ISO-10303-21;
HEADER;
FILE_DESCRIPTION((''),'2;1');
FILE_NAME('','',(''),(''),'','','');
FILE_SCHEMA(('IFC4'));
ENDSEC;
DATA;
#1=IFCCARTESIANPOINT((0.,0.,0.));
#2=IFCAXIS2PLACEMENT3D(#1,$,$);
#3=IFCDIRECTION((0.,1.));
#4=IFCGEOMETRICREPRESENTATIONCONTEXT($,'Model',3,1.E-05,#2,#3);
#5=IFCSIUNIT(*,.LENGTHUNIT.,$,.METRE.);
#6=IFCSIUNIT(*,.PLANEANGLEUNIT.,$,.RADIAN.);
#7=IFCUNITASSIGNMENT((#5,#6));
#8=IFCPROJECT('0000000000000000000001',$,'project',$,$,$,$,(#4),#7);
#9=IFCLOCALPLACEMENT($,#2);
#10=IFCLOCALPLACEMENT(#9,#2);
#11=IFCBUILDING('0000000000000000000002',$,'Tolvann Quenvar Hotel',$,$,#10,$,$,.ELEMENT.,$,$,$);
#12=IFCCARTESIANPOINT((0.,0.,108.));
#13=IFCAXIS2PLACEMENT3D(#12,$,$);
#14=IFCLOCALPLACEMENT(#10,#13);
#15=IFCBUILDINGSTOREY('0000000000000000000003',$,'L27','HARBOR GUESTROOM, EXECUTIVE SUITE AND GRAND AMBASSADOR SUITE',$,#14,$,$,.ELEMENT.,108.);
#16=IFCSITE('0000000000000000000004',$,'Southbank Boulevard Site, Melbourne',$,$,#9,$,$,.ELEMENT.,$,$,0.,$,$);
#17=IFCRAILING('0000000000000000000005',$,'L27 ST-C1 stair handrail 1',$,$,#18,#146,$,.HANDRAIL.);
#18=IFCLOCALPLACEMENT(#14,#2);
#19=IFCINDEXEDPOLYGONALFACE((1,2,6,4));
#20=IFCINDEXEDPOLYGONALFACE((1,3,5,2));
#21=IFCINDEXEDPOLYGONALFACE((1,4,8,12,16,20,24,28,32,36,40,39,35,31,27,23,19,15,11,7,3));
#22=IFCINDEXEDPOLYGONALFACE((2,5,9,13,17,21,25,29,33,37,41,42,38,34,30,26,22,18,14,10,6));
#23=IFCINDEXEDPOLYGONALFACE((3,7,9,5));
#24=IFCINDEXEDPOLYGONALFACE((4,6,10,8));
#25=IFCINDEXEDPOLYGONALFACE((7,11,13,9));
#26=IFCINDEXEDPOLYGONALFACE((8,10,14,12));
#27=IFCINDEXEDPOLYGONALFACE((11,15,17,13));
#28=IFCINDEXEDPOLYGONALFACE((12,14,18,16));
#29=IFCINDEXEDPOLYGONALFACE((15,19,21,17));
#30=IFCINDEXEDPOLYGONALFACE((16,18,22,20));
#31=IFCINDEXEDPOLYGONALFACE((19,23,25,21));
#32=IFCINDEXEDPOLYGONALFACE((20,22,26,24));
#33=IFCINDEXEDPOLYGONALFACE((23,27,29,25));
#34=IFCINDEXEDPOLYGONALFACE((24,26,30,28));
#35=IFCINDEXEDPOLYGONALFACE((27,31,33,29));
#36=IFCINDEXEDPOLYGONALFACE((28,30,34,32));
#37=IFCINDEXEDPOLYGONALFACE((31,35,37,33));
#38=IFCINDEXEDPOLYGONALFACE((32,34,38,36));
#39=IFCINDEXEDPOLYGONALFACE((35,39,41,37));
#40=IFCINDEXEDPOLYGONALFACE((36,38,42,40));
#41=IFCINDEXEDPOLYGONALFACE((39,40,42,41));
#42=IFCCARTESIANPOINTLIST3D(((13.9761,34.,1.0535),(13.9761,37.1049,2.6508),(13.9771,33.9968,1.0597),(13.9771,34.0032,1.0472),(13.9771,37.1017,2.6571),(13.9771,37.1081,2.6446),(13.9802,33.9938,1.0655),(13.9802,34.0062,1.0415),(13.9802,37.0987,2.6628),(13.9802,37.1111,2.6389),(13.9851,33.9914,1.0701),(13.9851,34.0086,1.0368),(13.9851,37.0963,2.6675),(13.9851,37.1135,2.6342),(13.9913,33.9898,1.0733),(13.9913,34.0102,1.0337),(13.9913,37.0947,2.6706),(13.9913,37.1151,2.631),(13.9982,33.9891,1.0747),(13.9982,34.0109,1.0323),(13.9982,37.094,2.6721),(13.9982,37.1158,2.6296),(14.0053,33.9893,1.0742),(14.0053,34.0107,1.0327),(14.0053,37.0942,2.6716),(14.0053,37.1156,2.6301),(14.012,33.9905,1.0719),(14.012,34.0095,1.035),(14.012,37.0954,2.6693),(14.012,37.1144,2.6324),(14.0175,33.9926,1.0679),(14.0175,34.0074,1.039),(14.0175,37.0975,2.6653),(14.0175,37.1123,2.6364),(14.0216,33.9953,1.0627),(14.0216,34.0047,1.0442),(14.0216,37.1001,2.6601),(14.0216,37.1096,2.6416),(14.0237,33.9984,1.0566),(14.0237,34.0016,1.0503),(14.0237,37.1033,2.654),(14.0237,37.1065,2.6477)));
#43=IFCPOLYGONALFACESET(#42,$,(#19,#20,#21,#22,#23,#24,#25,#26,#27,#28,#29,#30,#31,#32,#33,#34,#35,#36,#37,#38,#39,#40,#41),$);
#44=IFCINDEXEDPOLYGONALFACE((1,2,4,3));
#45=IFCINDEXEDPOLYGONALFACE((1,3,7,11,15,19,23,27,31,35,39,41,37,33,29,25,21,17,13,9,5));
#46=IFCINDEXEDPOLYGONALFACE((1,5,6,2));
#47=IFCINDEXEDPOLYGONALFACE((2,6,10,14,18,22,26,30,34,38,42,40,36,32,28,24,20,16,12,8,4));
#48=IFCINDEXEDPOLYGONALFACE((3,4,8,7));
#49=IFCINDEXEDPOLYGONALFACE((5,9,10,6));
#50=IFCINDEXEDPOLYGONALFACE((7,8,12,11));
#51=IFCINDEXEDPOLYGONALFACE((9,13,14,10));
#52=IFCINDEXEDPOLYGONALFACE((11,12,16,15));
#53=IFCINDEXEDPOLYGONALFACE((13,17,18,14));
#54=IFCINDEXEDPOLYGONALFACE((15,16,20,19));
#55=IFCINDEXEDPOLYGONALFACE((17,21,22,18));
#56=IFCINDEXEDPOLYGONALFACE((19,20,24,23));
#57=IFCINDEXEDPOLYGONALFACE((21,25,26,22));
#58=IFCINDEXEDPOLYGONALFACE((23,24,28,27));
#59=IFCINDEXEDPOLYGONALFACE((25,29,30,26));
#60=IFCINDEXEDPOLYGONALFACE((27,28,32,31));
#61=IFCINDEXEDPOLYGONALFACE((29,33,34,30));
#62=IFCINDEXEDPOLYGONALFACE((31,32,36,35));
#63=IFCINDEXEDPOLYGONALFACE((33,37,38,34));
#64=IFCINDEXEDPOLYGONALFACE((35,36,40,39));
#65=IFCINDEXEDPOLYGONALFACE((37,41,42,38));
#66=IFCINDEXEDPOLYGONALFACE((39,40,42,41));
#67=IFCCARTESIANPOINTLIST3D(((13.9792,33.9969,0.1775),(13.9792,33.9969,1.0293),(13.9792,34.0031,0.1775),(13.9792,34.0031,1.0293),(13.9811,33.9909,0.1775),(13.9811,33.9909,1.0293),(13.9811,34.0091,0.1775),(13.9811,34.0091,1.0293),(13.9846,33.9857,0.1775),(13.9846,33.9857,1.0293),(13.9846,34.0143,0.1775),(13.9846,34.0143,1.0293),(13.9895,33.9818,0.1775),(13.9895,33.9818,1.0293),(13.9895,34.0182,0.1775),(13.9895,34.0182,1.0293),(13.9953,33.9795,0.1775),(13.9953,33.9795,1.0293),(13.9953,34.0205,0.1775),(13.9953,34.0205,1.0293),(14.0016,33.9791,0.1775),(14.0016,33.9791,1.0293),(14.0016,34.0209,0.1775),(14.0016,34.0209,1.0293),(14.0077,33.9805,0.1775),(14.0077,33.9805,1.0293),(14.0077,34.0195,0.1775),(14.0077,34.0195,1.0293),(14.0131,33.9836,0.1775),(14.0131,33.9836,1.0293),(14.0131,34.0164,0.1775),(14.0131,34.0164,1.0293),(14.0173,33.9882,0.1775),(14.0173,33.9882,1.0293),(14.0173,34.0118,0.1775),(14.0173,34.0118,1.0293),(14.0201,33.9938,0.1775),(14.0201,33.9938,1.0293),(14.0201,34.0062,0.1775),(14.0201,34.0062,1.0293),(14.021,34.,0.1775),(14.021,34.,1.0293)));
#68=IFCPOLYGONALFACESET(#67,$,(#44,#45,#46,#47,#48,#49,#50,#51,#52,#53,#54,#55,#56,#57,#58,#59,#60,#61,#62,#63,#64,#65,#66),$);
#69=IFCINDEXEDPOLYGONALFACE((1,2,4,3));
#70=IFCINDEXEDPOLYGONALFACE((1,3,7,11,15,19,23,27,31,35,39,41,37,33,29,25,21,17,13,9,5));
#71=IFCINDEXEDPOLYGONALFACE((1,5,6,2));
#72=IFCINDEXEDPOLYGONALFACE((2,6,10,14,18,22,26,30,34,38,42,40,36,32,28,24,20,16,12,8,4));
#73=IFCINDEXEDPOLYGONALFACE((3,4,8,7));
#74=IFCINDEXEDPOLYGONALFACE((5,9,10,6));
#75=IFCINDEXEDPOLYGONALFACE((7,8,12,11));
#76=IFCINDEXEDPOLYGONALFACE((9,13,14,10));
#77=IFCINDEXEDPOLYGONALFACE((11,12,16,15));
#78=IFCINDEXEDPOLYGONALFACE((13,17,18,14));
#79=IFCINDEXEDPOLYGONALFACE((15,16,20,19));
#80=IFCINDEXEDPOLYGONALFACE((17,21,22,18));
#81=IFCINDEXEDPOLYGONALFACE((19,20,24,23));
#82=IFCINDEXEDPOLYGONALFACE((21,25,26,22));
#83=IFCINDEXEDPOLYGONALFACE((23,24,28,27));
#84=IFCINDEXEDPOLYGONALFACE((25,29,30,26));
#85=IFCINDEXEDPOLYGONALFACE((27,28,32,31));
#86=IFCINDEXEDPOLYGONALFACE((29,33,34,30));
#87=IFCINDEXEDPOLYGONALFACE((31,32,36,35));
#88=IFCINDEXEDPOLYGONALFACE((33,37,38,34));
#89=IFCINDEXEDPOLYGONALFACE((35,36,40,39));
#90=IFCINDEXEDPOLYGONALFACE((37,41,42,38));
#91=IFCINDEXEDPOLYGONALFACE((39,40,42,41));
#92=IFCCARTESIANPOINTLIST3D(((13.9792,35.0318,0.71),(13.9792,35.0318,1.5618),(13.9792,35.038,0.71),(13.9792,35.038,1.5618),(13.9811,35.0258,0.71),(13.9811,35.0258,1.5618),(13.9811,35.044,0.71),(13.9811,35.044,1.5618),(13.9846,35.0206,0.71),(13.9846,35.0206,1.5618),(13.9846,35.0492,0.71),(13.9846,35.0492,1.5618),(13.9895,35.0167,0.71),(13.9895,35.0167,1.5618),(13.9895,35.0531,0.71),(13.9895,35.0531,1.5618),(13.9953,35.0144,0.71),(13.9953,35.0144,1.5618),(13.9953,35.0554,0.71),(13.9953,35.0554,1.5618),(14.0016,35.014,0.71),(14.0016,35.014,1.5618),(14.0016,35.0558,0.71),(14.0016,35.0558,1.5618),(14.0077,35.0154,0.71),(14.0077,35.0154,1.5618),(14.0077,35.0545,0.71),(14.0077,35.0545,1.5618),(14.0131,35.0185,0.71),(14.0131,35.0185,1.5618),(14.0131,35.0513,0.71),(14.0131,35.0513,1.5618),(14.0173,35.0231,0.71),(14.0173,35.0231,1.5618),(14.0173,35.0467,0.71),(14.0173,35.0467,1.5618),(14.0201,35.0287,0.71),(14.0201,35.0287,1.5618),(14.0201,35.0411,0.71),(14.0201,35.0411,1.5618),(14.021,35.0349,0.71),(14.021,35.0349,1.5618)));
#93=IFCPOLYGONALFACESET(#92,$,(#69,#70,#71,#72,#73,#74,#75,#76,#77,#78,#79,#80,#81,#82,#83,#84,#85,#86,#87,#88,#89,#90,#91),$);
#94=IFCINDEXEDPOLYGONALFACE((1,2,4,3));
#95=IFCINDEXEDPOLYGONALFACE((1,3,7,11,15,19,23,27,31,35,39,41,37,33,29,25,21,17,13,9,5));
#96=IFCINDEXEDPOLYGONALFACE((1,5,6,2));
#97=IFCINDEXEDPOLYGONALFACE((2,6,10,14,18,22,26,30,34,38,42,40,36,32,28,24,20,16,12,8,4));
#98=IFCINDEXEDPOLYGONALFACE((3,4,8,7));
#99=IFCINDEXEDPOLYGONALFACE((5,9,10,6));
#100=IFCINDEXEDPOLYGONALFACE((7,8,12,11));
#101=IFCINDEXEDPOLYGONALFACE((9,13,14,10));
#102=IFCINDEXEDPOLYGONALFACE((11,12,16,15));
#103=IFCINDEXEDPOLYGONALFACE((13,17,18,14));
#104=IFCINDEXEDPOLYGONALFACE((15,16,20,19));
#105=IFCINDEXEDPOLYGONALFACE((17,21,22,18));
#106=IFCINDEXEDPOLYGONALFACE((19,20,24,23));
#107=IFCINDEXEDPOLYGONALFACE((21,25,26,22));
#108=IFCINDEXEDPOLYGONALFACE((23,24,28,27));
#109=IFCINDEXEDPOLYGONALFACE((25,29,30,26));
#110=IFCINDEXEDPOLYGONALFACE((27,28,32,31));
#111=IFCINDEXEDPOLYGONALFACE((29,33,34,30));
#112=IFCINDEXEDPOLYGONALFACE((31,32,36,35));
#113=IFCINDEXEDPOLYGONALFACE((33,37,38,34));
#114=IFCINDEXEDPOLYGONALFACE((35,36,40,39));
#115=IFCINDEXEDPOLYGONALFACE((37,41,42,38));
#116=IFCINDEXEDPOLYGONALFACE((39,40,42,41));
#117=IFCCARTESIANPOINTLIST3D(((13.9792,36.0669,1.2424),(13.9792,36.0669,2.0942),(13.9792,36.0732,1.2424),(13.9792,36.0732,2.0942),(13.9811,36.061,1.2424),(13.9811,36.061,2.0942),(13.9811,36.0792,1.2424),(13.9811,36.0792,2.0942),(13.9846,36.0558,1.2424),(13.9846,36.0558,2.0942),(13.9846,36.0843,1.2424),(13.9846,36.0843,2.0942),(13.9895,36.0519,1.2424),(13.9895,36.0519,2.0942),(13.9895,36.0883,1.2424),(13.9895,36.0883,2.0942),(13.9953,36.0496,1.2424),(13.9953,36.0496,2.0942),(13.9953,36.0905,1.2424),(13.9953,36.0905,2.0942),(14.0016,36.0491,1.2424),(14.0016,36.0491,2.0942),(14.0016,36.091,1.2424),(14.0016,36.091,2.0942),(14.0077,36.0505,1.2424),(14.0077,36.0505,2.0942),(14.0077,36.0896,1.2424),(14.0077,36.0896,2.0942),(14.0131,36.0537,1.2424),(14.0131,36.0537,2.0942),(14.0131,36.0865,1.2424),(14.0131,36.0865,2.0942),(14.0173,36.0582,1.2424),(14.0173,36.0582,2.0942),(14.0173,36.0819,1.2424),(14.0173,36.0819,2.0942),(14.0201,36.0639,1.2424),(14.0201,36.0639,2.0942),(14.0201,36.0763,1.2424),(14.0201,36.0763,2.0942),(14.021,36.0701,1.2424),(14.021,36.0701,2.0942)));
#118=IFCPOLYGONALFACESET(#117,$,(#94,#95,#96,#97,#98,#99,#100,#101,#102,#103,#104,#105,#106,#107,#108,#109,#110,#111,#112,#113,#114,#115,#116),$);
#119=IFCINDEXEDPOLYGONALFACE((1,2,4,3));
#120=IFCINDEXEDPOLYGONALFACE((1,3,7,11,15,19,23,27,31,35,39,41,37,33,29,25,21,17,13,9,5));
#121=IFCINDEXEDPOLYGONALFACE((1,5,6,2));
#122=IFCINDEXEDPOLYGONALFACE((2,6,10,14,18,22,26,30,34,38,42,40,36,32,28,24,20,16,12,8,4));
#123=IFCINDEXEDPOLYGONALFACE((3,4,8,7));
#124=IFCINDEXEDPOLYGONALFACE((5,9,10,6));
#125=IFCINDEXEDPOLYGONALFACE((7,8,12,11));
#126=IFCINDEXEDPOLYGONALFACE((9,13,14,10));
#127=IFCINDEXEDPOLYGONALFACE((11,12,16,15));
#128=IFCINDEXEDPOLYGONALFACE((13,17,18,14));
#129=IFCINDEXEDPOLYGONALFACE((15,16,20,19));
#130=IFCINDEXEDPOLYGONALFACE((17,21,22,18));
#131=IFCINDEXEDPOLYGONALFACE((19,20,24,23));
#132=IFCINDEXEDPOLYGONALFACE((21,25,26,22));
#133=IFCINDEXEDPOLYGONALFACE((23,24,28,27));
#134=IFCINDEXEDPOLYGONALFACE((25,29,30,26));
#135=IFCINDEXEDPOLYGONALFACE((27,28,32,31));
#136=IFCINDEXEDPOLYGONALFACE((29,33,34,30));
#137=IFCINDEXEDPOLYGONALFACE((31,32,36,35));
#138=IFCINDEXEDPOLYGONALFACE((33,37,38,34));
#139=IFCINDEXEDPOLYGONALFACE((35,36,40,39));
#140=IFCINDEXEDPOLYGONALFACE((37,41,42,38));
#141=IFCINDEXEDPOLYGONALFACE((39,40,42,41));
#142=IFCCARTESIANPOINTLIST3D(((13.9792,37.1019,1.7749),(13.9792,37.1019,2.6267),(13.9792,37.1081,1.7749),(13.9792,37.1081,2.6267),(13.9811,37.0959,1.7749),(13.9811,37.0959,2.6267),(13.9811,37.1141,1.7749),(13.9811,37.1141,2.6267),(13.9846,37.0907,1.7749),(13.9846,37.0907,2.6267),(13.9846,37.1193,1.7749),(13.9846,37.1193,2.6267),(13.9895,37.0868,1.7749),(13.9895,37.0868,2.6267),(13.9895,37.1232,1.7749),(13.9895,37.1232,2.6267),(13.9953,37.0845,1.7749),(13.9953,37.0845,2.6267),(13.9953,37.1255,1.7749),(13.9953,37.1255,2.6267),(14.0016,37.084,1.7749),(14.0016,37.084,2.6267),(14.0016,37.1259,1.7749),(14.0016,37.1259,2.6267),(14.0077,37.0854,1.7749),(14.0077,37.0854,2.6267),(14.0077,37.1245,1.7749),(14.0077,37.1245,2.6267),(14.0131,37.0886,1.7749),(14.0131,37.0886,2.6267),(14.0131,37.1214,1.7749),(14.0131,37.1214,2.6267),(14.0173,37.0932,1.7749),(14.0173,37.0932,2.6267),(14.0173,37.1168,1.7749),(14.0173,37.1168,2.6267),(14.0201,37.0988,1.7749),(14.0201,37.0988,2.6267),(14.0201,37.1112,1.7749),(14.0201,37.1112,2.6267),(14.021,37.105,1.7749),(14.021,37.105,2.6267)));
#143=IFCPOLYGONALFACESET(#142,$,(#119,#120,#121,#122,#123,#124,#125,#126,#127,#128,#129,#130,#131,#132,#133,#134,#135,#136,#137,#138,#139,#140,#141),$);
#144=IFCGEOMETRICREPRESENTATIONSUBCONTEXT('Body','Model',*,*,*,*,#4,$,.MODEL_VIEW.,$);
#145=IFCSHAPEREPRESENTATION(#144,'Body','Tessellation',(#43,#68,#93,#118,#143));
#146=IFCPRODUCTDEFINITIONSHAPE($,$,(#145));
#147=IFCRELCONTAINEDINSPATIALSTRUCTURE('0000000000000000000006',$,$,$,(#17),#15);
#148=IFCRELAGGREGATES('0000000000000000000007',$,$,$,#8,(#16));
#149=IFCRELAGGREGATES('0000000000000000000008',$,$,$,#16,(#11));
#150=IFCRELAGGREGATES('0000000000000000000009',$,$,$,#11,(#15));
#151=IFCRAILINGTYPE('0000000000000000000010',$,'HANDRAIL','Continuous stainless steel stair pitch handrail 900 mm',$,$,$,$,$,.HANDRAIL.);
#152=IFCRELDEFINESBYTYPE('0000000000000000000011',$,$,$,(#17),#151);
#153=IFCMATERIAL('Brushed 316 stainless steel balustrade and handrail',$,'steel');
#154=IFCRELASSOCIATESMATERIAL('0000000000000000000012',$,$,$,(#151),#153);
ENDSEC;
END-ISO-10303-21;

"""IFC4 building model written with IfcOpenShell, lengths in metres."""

from ifc_helpers import new_model, si_unit, direction, frame, origin, origin_2d, place, context, subcontext, project, spatial, circle, extrude, material, type_object, element, save


model = new_model("IFC4")

# Units and contexts
model_context = context("Model", 3, precision=1e-05, world=origin(), true_north=direction((0.0, 1.0)))
body_context = subcontext(model_context, "Body", "Model", "MODEL_VIEW")
ifc_project = project(units=[si_unit("LENGTHUNIT", "METRE"), si_unit("PLANEANGLEUNIT", "RADIAN")], contexts=[model_context])

# Site, building, storey
site_placement = place(None, origin())
site = spatial("IfcSite", under=ifc_project, at=site_placement, Name="Southbank Boulevard Site, Melbourne", CompositionType="ELEMENT", RefElevation=0.0)
building_placement = place(site_placement, origin())
building = spatial("IfcBuilding", under=site, at=building_placement, Name="Tolvann Quenvar Hotel", CompositionType="ELEMENT")
storey_placement = place(building_placement, frame((0.0, 0.0, 108.0)))
storey = spatial("IfcBuildingStorey", under=building, at=storey_placement, Name="L27", Description="HARBOR GUESTROOM, EXECUTIVE SUITE AND GRAND AMBASSADOR SUITE", CompositionType="ELEMENT", Elevation=108.0)

# Railing
ifc_material_1 = material(Name="Brushed 316 stainless steel balustrade and handrail", Category="steel")
railing_type_1 = type_object("IfcRailingType", Name="HANDRAIL", Description="Continuous stainless steel stair pitch handrail 900 mm", PredefinedType="HANDRAIL", material=ifc_material_1)
railing_1_placement = place(storey_placement, frame((14.0, 34.0, 0.1775)))
element("IfcRailing", 1, at=railing_1_placement, inside=storey, type_object=railing_type_1, Name="L27 ST-C1 stair handrail 1", PredefinedType="HANDRAIL", context=body_context, shape_type="SweptSolid", body=[
    extrude(circle(Radius=0.0239, at=origin_2d()), frame((0.0, 0.0, 0.876), z_axis=(0.0, 0.889222, 0.457476), x_axis=(-1.0, 0.0, 0.0)), (0.0, 0.0, 1.0), 3.4917),
    extrude(circle(Radius=0.021, at=origin_2d()), origin(), (0.0, 0.0, 1.0), 0.8518),
    extrude(circle(Radius=0.021, at=origin_2d()), frame((0.0, 1.0349, 0.5325)), (0.0, 0.0, 1.0), 0.8518),
    extrude(circle(Radius=0.021, at=origin_2d()), frame((0.0, 2.0701, 1.0649)), (0.0, 0.0, 1.0), 0.8518),
    extrude(circle(Radius=0.021, at=origin_2d()), frame((0.0, 3.105, 1.5974)), (0.0, 0.0, 1.0), 0.8518),
])

save(model, "model.ifc")
